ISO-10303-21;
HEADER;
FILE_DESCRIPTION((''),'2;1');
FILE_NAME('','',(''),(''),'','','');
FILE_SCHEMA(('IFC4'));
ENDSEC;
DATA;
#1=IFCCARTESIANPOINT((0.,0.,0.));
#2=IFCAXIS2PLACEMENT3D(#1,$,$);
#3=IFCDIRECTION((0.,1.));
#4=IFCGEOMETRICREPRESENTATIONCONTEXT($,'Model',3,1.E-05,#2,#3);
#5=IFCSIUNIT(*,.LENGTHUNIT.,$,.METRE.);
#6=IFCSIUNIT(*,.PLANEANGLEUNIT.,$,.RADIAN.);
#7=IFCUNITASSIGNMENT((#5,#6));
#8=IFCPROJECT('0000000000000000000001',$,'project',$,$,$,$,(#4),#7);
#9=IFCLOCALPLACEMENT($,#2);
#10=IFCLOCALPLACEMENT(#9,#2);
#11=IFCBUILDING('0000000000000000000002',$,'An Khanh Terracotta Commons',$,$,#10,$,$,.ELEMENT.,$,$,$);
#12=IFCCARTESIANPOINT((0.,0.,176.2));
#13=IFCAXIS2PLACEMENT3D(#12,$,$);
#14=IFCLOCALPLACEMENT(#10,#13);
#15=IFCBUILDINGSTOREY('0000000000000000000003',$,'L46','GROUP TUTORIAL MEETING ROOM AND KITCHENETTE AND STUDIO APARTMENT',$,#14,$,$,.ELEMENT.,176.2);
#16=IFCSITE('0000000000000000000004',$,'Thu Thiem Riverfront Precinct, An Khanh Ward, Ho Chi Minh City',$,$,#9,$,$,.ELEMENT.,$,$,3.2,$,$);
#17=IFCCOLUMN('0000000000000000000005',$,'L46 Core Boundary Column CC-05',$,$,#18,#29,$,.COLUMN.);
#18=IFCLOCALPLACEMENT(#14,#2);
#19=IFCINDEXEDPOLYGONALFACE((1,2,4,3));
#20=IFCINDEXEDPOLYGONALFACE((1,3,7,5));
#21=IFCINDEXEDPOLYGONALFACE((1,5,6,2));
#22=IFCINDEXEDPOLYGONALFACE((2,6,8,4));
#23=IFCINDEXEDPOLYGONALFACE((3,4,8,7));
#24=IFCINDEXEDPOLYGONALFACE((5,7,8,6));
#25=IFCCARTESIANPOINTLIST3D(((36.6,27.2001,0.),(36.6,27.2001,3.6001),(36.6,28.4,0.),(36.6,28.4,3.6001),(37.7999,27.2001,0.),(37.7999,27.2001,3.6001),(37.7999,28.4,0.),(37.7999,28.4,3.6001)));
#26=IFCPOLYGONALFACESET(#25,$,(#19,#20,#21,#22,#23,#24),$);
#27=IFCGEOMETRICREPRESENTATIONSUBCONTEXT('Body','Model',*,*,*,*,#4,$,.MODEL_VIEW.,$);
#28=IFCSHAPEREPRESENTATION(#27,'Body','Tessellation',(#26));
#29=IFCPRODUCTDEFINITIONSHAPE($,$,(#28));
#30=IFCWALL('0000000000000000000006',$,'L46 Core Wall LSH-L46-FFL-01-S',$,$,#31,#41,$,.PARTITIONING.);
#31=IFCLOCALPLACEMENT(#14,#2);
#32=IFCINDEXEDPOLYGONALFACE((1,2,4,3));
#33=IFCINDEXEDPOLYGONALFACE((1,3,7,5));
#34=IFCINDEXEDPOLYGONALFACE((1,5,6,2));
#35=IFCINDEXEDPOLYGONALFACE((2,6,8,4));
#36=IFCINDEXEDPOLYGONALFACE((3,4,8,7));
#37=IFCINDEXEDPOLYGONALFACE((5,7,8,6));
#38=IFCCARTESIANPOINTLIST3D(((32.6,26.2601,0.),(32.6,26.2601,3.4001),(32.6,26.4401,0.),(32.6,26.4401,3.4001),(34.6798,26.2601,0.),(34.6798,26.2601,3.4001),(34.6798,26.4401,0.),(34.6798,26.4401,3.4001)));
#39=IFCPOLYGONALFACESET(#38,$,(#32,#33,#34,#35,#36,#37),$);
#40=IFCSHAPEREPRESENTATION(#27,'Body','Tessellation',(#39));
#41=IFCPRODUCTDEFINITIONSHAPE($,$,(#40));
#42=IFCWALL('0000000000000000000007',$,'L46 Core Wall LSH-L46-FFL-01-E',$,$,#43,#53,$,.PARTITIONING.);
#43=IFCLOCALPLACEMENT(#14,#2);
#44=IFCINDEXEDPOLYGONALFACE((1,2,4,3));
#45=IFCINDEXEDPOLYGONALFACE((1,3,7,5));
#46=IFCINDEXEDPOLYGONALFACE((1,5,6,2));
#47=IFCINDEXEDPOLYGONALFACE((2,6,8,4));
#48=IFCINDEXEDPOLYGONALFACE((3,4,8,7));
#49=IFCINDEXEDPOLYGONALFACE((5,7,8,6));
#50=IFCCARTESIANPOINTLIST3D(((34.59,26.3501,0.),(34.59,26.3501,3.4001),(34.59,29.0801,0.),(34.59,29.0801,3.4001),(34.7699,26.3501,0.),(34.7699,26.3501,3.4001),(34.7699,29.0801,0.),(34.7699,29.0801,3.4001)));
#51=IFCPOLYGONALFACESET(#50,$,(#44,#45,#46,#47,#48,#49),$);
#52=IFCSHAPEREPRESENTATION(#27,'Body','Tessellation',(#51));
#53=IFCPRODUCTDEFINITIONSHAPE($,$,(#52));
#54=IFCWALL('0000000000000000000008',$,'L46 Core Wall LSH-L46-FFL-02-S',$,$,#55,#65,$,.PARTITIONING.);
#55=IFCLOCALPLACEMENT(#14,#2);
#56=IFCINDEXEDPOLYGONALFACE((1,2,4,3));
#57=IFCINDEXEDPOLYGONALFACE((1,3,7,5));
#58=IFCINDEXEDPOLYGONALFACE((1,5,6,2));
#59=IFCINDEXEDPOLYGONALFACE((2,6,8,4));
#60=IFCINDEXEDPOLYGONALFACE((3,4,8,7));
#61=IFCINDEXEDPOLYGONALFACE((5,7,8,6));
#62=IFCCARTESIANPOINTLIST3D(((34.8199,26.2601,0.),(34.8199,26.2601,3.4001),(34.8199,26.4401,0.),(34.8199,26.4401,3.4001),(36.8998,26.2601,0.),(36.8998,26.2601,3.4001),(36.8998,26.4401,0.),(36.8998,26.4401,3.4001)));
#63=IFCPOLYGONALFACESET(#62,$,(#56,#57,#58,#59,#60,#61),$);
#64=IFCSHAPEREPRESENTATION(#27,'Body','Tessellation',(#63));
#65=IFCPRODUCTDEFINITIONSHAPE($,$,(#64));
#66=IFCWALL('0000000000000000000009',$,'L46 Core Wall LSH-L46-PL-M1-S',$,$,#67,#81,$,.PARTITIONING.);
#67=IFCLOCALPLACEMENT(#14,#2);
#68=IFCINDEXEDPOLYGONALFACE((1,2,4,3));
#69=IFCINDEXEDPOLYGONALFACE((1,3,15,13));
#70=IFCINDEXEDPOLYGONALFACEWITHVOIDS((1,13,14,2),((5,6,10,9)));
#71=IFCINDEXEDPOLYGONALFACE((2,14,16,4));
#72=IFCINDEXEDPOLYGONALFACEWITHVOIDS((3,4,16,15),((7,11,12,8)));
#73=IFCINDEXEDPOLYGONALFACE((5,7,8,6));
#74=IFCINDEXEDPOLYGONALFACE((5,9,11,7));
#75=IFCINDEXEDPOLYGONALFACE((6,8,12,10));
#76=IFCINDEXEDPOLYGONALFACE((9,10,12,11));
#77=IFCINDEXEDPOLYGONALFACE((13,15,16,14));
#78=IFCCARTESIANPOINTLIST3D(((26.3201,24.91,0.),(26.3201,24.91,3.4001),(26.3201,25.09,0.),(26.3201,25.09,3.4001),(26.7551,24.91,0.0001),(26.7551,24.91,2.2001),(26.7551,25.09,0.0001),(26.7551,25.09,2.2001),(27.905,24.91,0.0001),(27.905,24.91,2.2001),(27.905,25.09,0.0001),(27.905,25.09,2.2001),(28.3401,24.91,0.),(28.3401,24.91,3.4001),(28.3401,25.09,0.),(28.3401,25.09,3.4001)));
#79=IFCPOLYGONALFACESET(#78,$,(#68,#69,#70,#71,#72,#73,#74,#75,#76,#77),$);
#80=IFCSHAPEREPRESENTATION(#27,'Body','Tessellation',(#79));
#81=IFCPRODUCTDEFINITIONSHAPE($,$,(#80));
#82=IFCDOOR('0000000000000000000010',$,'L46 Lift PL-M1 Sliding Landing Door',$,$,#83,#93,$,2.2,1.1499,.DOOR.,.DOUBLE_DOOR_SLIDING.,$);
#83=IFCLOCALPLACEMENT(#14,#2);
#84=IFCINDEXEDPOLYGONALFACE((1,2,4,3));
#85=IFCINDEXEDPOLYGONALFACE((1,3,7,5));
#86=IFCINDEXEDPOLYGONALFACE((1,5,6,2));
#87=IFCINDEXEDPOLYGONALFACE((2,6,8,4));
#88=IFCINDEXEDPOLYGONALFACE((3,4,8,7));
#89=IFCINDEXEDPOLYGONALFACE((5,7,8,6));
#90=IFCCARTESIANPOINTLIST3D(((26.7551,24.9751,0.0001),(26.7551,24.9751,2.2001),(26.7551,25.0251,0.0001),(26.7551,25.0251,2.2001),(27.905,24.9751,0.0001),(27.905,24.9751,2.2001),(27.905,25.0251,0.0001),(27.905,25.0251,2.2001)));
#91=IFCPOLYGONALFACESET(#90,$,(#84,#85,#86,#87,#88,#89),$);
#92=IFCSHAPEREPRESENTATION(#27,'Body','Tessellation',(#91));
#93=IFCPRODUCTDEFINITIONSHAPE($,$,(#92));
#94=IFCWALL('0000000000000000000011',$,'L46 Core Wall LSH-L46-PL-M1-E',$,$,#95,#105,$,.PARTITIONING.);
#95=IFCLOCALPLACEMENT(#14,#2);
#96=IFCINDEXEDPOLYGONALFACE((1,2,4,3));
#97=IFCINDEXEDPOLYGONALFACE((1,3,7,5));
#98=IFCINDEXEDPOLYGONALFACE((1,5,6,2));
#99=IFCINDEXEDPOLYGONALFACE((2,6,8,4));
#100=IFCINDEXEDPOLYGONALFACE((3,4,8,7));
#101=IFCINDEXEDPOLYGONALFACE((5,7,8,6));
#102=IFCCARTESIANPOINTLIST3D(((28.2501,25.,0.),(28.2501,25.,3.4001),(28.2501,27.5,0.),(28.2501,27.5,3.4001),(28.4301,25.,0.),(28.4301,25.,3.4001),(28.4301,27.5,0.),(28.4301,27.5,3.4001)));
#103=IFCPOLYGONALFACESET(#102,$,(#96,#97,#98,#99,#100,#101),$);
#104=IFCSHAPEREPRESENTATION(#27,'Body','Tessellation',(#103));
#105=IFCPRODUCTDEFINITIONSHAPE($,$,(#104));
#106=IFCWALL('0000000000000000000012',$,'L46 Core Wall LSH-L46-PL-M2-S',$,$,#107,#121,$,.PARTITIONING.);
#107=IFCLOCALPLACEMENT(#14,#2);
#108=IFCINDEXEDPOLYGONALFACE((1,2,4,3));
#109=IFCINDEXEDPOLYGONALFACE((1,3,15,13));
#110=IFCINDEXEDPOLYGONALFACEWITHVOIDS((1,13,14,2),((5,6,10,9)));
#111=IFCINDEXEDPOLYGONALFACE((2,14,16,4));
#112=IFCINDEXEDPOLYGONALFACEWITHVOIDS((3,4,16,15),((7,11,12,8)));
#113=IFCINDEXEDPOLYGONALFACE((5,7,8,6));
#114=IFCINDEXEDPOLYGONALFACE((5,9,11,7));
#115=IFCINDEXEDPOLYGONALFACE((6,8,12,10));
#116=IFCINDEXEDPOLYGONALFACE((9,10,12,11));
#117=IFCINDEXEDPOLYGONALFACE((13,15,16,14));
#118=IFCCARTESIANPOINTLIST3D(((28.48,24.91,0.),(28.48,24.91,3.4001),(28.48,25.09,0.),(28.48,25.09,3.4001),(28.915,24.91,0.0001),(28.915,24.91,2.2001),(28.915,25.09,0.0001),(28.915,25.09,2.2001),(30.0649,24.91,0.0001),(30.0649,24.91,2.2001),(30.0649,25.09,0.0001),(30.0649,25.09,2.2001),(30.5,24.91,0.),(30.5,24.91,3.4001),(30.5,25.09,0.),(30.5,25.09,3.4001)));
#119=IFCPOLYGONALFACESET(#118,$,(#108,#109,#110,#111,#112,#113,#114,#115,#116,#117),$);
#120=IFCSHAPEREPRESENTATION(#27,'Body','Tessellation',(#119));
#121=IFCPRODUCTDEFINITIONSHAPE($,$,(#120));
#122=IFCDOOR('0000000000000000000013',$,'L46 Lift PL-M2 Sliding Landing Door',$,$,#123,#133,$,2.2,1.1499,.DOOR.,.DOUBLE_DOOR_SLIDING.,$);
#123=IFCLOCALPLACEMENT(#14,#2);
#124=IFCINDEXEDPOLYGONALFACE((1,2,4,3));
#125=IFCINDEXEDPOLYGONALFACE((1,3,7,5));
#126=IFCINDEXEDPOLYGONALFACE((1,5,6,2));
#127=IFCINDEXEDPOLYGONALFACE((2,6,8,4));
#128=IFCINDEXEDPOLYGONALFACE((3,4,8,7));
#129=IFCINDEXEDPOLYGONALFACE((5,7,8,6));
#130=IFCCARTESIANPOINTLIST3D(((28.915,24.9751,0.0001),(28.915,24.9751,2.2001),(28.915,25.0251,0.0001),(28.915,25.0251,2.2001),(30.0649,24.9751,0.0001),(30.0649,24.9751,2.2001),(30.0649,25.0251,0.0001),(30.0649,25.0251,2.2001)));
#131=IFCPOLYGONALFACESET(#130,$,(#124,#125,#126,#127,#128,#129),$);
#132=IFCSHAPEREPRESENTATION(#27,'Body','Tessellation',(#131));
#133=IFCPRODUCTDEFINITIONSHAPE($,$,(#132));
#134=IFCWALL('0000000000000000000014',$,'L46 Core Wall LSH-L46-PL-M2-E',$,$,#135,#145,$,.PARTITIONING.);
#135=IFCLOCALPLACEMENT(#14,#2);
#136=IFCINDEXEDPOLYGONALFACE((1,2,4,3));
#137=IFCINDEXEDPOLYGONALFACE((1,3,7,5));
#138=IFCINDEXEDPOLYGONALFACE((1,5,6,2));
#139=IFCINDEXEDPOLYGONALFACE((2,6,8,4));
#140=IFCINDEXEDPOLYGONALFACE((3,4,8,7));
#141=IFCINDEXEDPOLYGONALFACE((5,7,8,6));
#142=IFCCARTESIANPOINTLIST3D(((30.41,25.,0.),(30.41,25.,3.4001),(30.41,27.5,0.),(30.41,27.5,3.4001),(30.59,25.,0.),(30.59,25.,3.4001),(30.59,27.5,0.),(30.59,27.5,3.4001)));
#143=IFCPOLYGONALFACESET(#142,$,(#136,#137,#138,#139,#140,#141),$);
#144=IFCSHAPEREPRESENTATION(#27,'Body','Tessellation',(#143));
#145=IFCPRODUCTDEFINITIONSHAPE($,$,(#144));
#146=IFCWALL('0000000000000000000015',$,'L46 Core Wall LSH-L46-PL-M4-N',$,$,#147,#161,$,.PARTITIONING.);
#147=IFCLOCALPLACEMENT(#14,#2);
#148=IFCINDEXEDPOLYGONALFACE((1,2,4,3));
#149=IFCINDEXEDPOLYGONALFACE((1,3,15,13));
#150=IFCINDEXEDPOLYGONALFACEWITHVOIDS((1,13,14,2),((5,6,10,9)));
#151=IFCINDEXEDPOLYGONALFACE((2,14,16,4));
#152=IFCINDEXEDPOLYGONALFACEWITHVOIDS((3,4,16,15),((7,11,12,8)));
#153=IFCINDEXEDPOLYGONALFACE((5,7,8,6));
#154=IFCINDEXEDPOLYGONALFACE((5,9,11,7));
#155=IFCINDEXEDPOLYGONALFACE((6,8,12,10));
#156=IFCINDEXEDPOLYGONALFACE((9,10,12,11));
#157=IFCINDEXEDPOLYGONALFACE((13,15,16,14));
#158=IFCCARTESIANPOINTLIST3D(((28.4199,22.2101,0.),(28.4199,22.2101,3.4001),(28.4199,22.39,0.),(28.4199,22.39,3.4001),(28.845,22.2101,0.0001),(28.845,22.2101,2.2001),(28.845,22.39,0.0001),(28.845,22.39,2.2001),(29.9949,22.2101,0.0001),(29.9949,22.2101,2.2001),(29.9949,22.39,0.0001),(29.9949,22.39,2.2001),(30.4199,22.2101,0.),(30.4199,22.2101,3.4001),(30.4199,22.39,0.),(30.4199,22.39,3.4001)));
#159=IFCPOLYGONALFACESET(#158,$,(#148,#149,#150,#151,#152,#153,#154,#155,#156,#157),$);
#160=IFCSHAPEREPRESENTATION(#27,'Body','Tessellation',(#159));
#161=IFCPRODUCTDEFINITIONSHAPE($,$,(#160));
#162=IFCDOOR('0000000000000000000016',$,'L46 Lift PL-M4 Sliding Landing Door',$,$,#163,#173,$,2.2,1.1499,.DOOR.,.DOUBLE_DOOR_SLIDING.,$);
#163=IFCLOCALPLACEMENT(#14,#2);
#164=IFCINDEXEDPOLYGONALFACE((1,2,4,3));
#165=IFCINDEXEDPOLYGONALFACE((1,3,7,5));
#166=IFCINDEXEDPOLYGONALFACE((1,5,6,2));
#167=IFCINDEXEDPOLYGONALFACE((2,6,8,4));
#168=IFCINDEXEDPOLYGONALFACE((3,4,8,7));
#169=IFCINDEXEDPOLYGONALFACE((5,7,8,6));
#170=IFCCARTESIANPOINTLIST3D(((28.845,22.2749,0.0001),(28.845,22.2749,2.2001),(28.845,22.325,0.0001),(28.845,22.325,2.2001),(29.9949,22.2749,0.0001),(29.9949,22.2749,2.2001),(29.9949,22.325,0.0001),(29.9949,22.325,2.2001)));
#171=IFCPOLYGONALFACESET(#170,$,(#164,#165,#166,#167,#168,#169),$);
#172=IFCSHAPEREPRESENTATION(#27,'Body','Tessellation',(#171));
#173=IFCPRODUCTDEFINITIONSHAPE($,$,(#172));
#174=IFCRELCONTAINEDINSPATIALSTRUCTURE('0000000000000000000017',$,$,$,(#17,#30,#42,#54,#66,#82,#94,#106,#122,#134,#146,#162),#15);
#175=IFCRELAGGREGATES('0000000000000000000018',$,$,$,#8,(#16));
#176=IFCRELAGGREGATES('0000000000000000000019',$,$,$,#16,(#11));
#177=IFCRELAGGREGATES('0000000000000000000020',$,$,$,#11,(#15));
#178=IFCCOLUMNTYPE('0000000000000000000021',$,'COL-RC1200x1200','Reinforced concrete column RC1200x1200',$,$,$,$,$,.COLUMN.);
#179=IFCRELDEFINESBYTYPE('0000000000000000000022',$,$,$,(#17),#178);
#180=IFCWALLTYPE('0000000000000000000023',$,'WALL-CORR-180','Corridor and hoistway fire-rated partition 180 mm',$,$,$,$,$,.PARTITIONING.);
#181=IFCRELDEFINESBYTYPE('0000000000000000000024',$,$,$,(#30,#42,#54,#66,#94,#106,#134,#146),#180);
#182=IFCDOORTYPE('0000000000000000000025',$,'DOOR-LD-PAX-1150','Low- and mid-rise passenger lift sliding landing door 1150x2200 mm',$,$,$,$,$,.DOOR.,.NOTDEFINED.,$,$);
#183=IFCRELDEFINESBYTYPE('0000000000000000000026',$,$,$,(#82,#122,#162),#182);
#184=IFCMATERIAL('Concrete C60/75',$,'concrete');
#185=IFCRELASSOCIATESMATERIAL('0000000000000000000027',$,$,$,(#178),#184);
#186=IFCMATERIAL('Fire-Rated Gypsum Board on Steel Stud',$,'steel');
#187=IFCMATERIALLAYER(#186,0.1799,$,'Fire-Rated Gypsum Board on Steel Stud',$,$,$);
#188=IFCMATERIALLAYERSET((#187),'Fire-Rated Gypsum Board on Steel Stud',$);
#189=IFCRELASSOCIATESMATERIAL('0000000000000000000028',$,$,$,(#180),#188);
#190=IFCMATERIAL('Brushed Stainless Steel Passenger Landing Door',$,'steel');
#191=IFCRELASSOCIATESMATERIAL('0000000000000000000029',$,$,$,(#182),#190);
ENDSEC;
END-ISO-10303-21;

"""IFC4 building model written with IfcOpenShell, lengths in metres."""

from ifc_helpers import new_model, si_unit, direction, frame, frame_2d, origin, origin_2d, place, context, subcontext, project, spatial, rectangle, extrude, material, layer, layer_set, material_profile, profile_set, type_object, element, fill, save


model = new_model("IFC4")

# Units and contexts
model_context = context("Model", 3, precision=1e-05, world=origin(), true_north=direction((0.0, 1.0)))
body_context = subcontext(model_context, "Body", "Model", "MODEL_VIEW")
ifc_project = project(units=[si_unit("LENGTHUNIT", "METRE"), si_unit("PLANEANGLEUNIT", "RADIAN")], contexts=[model_context])

# Site, building, storey
site_placement = place(None, origin())
site = spatial("IfcSite", under=ifc_project, at=site_placement, Name="Thu Thiem Riverfront Precinct, An Khanh Ward, Ho Chi Minh City", CompositionType="ELEMENT", RefElevation=3.2)
building_placement = place(site_placement, origin())
building = spatial("IfcBuilding", under=site, at=building_placement, Name="An Khanh Terracotta Commons", CompositionType="ELEMENT")
storey_placement = place(building_placement, frame((0.0, 0.0, 176.2)))
storey = spatial("IfcBuildingStorey", under=building, at=storey_placement, Name="L46", Description="GROUP TUTORIAL MEETING ROOM AND KITCHENETTE AND STUDIO APARTMENT", CompositionType="ELEMENT", Elevation=176.2)

# Column
ifc_material_1 = material(Name="Concrete C60/75", Category="concrete")
ifc_material_profile = material_profile(ifc_material_1, rectangle(XDim=1.2, YDim=1.2, at=origin_2d()), Name="RC1200x1200")
ifc_profile_set = profile_set([ifc_material_profile], Name="Concrete C60/75")
column_type = type_object("IfcColumnType", Name="COL-RC1200x1200", Description="Reinforced concrete column RC1200x1200", PredefinedType="COLUMN", material=ifc_profile_set)
column_placement = place(storey_placement, frame((37.2, 27.8, 0.0), z_axis=(0.0, 0.0, 1.0), x_axis=(1.0, 0.0, 0.0)))
element("IfcColumn", 1, at=column_placement, inside=storey, type_object=column_type, Name="L46 Core Boundary Column CC-05", PredefinedType="COLUMN", context=body_context, shape_type="SweptSolid", body=[
    extrude(rectangle(XDim=1.2, YDim=1.2, at=origin_2d()), origin(), (0.0, 0.0, 1.0), 3.6001),
])

# Walls
ifc_material_2 = material(Name="Fire-Rated Gypsum Board on Steel Stud", Category="steel")
ifc_layer_1 = layer(ifc_material_2, 0.1799, Name="Fire-Rated Gypsum Board on Steel Stud")
ifc_layer_set_1 = layer_set([ifc_layer_1], Name="Fire-Rated Gypsum Board on Steel Stud")
wall_type_1 = type_object("IfcWallType", Name="WALL-CORR-180", Description="Corridor and hoistway fire-rated partition 180 mm", PredefinedType="PARTITIONING", material=ifc_layer_set_1)
wall_1_placement = place(storey_placement, frame((34.6799, 26.3501, 0.0), z_axis=(0.0, 0.0, 1.0), x_axis=(-1.0, 0.0, 0.0)))
element("IfcWall", 2, at=wall_1_placement, inside=storey, type_object=wall_type_1, Name="L46 Core Wall LSH-L46-FFL-01-S", PredefinedType="PARTITIONING", context=body_context, shape_type="SweptSolid", body=[
    extrude(rectangle(XDim=2.0798, YDim=0.1799, at=frame_2d((1.04, 0.0))), origin(), (0.0, 0.0, 1.0), 3.4001),
])
wall_2_placement = place(storey_placement, frame((34.6799, 26.3501, 0.0), z_axis=(0.0, 0.0, 1.0), x_axis=(0.0, 1.0, 0.0)))
element("IfcWall", 3, at=wall_2_placement, inside=storey, type_object=wall_type_1, Name="L46 Core Wall LSH-L46-FFL-01-E", PredefinedType="PARTITIONING", context=body_context, shape_type="SweptSolid", body=[
    extrude(rectangle(XDim=2.73, YDim=0.1799, at=frame_2d((1.365, 0.0))), origin(), (0.0, 0.0, 1.0), 3.4001),
])
wall_3_placement = place(storey_placement, frame((36.8999, 26.3501, 0.0), z_axis=(0.0, 0.0, 1.0), x_axis=(-1.0, 0.0, 0.0)))
element("IfcWall", 4, at=wall_3_placement, inside=storey, type_object=wall_type_1, Name="L46 Core Wall LSH-L46-FFL-02-S", PredefinedType="PARTITIONING", context=body_context, shape_type="SweptSolid", body=[
    extrude(rectangle(XDim=2.0798, YDim=0.1799, at=frame_2d((1.04, 0.0))), origin(), (0.0, 0.0, 1.0), 3.4001),
])

# Wall, opening, door
wall_4_placement = place(storey_placement, frame((28.3401, 25.0, 0.0), z_axis=(0.0, 0.0, 1.0), x_axis=(-1.0, 0.0, 0.0)))
wall_4 = element("IfcWall", 5, at=wall_4_placement, inside=storey, type_object=wall_type_1, Name="L46 Core Wall LSH-L46-PL-M1-S", PredefinedType="PARTITIONING", context=body_context, shape_type="SweptSolid", body=[
    extrude(rectangle(XDim=2.02, YDim=0.1799, at=frame_2d((1.01, 0.0))), origin(), (0.0, 0.0, 1.0), 3.4001),
])
opening_1_placement = place(wall_4_placement, frame((0.4351, 0.0, 0.0)))
opening_1 = element("IfcOpeningElement", 6, at=opening_1_placement, cuts=wall_4, PredefinedType="OPENING", context=body_context, shape_type="SweptSolid", body=[
    extrude(rectangle(XDim=1.1499, YDim=2.2, at=frame_2d((0.575, 1.1001))), frame((0.0, 0.0999, 0.0), z_axis=(0.0, -1.0, 0.0), x_axis=(1.0, 0.0, 0.0)), (0.0, 0.0, 1.0), 0.2),
])
ifc_material_3 = material(Name="Brushed Stainless Steel Passenger Landing Door", Category="steel")
door_type = type_object("IfcDoorType", Name="DOOR-LD-PAX-1150", Description="Low- and mid-rise passenger lift sliding landing door 1150x2200 mm", OperationType="NOTDEFINED", PredefinedType="DOOR", material=ifc_material_3)
door_1_placement = place(opening_1_placement, origin())
door_1 = element("IfcDoor", 7, at=door_1_placement, inside=storey, type_object=door_type, Name="L46 Lift PL-M1 Sliding Landing Door", OperationType="DOUBLE_DOOR_SLIDING", OverallHeight=2.2, OverallWidth=1.1499, PredefinedType="DOOR", context=body_context, shape_type="SweptSolid", body=[
    extrude(rectangle(XDim=1.1499, YDim=2.2, at=frame_2d((0.575, 1.1001))), frame((0.0, 0.0249, 0.0), z_axis=(0.0, -1.0, 0.0), x_axis=(1.0, 0.0, 0.0)), (0.0, 0.0, 1.0), 0.05),
])
fill(opening_1, door_1)

# Wall
wall_5_placement = place(storey_placement, frame((28.3401, 25.0, 0.0), z_axis=(0.0, 0.0, 1.0), x_axis=(0.0, 1.0, 0.0)))
element("IfcWall", 8, at=wall_5_placement, inside=storey, type_object=wall_type_1, Name="L46 Core Wall LSH-L46-PL-M1-E", PredefinedType="PARTITIONING", context=body_context, shape_type="SweptSolid", body=[
    extrude(rectangle(XDim=2.5, YDim=0.1799, at=frame_2d((1.25, 0.0))), origin(), (0.0, 0.0, 1.0), 3.4001),
])

# Wall, opening, door
wall_6_placement = place(storey_placement, frame((30.5, 25.0, 0.0), z_axis=(0.0, 0.0, 1.0), x_axis=(-1.0, 0.0, 0.0)))
wall_6 = element("IfcWall", 9, at=wall_6_placement, inside=storey, type_object=wall_type_1, Name="L46 Core Wall LSH-L46-PL-M2-S", PredefinedType="PARTITIONING", context=body_context, shape_type="SweptSolid", body=[
    extrude(rectangle(XDim=2.02, YDim=0.1799, at=frame_2d((1.01, 0.0))), origin(), (0.0, 0.0, 1.0), 3.4001),
])
opening_2_placement = place(wall_6_placement, frame((0.4351, 0.0, 0.0)))
opening_2 = element("IfcOpeningElement", 10, at=opening_2_placement, cuts=wall_6, PredefinedType="OPENING", context=body_context, shape_type="SweptSolid", body=[
    extrude(rectangle(XDim=1.1499, YDim=2.2, at=frame_2d((0.575, 1.1001))), frame((0.0, 0.0999, 0.0), z_axis=(0.0, -1.0, 0.0), x_axis=(1.0, 0.0, 0.0)), (0.0, 0.0, 1.0), 0.2),
])
door_2_placement = place(opening_2_placement, origin())
door_2 = element("IfcDoor", 11, at=door_2_placement, inside=storey, type_object=door_type, Name="L46 Lift PL-M2 Sliding Landing Door", OperationType="DOUBLE_DOOR_SLIDING", OverallHeight=2.2, OverallWidth=1.1499, PredefinedType="DOOR", context=body_context, shape_type="SweptSolid", body=[
    extrude(rectangle(XDim=1.1499, YDim=2.2, at=frame_2d((0.575, 1.1001))), frame((0.0, 0.0249, 0.0), z_axis=(0.0, -1.0, 0.0), x_axis=(1.0, 0.0, 0.0)), (0.0, 0.0, 1.0), 0.05),
])
fill(opening_2, door_2)

# Wall
wall_7_placement = place(storey_placement, frame((30.5, 25.0, 0.0), z_axis=(0.0, 0.0, 1.0), x_axis=(0.0, 1.0, 0.0)))
element("IfcWall", 12, at=wall_7_placement, inside=storey, type_object=wall_type_1, Name="L46 Core Wall LSH-L46-PL-M2-E", PredefinedType="PARTITIONING", context=body_context, shape_type="SweptSolid", body=[
    extrude(rectangle(XDim=2.5, YDim=0.1799, at=frame_2d((1.25, 0.0))), origin(), (0.0, 0.0, 1.0), 3.4001),
])

# Wall, opening, door
wall_8_placement = place(storey_placement, frame((28.4199, 22.3, 0.0), z_axis=(0.0, 0.0, 1.0), x_axis=(1.0, 0.0, 0.0)))
wall_8 = element("IfcWall", 13, at=wall_8_placement, inside=storey, type_object=wall_type_1, Name="L46 Core Wall LSH-L46-PL-M4-N", PredefinedType="PARTITIONING", context=body_context, shape_type="SweptSolid", body=[
    extrude(rectangle(XDim=2.0, YDim=0.1799, at=frame_2d((1.0, 0.0))), origin(), (0.0, 0.0, 1.0), 3.4001),
])
opening_3_placement = place(wall_8_placement, frame((0.425, 0.0, 0.0)))
opening_3 = element("IfcOpeningElement", 14, at=opening_3_placement, cuts=wall_8, PredefinedType="OPENING", context=body_context, shape_type="SweptSolid", body=[
    extrude(rectangle(XDim=1.1499, YDim=2.2, at=frame_2d((0.575, 1.1001))), frame((0.0, 0.0999, 0.0), z_axis=(0.0, -1.0, 0.0), x_axis=(1.0, 0.0, 0.0)), (0.0, 0.0, 1.0), 0.2),
])
door_3_placement = place(opening_3_placement, origin())
door_3 = element("IfcDoor", 15, at=door_3_placement, inside=storey, type_object=door_type, Name="L46 Lift PL-M4 Sliding Landing Door", OperationType="DOUBLE_DOOR_SLIDING", OverallHeight=2.2, OverallWidth=1.1499, PredefinedType="DOOR", context=body_context, shape_type="SweptSolid", body=[
    extrude(rectangle(XDim=1.1499, YDim=2.2, at=frame_2d((0.575, 1.1001))), frame((0.0, 0.0249, 0.0), z_axis=(0.0, -1.0, 0.0), x_axis=(1.0, 0.0, 0.0)), (0.0, 0.0, 1.0), 0.05),
])
fill(opening_3, door_3)

save(model, "model.ifc")
